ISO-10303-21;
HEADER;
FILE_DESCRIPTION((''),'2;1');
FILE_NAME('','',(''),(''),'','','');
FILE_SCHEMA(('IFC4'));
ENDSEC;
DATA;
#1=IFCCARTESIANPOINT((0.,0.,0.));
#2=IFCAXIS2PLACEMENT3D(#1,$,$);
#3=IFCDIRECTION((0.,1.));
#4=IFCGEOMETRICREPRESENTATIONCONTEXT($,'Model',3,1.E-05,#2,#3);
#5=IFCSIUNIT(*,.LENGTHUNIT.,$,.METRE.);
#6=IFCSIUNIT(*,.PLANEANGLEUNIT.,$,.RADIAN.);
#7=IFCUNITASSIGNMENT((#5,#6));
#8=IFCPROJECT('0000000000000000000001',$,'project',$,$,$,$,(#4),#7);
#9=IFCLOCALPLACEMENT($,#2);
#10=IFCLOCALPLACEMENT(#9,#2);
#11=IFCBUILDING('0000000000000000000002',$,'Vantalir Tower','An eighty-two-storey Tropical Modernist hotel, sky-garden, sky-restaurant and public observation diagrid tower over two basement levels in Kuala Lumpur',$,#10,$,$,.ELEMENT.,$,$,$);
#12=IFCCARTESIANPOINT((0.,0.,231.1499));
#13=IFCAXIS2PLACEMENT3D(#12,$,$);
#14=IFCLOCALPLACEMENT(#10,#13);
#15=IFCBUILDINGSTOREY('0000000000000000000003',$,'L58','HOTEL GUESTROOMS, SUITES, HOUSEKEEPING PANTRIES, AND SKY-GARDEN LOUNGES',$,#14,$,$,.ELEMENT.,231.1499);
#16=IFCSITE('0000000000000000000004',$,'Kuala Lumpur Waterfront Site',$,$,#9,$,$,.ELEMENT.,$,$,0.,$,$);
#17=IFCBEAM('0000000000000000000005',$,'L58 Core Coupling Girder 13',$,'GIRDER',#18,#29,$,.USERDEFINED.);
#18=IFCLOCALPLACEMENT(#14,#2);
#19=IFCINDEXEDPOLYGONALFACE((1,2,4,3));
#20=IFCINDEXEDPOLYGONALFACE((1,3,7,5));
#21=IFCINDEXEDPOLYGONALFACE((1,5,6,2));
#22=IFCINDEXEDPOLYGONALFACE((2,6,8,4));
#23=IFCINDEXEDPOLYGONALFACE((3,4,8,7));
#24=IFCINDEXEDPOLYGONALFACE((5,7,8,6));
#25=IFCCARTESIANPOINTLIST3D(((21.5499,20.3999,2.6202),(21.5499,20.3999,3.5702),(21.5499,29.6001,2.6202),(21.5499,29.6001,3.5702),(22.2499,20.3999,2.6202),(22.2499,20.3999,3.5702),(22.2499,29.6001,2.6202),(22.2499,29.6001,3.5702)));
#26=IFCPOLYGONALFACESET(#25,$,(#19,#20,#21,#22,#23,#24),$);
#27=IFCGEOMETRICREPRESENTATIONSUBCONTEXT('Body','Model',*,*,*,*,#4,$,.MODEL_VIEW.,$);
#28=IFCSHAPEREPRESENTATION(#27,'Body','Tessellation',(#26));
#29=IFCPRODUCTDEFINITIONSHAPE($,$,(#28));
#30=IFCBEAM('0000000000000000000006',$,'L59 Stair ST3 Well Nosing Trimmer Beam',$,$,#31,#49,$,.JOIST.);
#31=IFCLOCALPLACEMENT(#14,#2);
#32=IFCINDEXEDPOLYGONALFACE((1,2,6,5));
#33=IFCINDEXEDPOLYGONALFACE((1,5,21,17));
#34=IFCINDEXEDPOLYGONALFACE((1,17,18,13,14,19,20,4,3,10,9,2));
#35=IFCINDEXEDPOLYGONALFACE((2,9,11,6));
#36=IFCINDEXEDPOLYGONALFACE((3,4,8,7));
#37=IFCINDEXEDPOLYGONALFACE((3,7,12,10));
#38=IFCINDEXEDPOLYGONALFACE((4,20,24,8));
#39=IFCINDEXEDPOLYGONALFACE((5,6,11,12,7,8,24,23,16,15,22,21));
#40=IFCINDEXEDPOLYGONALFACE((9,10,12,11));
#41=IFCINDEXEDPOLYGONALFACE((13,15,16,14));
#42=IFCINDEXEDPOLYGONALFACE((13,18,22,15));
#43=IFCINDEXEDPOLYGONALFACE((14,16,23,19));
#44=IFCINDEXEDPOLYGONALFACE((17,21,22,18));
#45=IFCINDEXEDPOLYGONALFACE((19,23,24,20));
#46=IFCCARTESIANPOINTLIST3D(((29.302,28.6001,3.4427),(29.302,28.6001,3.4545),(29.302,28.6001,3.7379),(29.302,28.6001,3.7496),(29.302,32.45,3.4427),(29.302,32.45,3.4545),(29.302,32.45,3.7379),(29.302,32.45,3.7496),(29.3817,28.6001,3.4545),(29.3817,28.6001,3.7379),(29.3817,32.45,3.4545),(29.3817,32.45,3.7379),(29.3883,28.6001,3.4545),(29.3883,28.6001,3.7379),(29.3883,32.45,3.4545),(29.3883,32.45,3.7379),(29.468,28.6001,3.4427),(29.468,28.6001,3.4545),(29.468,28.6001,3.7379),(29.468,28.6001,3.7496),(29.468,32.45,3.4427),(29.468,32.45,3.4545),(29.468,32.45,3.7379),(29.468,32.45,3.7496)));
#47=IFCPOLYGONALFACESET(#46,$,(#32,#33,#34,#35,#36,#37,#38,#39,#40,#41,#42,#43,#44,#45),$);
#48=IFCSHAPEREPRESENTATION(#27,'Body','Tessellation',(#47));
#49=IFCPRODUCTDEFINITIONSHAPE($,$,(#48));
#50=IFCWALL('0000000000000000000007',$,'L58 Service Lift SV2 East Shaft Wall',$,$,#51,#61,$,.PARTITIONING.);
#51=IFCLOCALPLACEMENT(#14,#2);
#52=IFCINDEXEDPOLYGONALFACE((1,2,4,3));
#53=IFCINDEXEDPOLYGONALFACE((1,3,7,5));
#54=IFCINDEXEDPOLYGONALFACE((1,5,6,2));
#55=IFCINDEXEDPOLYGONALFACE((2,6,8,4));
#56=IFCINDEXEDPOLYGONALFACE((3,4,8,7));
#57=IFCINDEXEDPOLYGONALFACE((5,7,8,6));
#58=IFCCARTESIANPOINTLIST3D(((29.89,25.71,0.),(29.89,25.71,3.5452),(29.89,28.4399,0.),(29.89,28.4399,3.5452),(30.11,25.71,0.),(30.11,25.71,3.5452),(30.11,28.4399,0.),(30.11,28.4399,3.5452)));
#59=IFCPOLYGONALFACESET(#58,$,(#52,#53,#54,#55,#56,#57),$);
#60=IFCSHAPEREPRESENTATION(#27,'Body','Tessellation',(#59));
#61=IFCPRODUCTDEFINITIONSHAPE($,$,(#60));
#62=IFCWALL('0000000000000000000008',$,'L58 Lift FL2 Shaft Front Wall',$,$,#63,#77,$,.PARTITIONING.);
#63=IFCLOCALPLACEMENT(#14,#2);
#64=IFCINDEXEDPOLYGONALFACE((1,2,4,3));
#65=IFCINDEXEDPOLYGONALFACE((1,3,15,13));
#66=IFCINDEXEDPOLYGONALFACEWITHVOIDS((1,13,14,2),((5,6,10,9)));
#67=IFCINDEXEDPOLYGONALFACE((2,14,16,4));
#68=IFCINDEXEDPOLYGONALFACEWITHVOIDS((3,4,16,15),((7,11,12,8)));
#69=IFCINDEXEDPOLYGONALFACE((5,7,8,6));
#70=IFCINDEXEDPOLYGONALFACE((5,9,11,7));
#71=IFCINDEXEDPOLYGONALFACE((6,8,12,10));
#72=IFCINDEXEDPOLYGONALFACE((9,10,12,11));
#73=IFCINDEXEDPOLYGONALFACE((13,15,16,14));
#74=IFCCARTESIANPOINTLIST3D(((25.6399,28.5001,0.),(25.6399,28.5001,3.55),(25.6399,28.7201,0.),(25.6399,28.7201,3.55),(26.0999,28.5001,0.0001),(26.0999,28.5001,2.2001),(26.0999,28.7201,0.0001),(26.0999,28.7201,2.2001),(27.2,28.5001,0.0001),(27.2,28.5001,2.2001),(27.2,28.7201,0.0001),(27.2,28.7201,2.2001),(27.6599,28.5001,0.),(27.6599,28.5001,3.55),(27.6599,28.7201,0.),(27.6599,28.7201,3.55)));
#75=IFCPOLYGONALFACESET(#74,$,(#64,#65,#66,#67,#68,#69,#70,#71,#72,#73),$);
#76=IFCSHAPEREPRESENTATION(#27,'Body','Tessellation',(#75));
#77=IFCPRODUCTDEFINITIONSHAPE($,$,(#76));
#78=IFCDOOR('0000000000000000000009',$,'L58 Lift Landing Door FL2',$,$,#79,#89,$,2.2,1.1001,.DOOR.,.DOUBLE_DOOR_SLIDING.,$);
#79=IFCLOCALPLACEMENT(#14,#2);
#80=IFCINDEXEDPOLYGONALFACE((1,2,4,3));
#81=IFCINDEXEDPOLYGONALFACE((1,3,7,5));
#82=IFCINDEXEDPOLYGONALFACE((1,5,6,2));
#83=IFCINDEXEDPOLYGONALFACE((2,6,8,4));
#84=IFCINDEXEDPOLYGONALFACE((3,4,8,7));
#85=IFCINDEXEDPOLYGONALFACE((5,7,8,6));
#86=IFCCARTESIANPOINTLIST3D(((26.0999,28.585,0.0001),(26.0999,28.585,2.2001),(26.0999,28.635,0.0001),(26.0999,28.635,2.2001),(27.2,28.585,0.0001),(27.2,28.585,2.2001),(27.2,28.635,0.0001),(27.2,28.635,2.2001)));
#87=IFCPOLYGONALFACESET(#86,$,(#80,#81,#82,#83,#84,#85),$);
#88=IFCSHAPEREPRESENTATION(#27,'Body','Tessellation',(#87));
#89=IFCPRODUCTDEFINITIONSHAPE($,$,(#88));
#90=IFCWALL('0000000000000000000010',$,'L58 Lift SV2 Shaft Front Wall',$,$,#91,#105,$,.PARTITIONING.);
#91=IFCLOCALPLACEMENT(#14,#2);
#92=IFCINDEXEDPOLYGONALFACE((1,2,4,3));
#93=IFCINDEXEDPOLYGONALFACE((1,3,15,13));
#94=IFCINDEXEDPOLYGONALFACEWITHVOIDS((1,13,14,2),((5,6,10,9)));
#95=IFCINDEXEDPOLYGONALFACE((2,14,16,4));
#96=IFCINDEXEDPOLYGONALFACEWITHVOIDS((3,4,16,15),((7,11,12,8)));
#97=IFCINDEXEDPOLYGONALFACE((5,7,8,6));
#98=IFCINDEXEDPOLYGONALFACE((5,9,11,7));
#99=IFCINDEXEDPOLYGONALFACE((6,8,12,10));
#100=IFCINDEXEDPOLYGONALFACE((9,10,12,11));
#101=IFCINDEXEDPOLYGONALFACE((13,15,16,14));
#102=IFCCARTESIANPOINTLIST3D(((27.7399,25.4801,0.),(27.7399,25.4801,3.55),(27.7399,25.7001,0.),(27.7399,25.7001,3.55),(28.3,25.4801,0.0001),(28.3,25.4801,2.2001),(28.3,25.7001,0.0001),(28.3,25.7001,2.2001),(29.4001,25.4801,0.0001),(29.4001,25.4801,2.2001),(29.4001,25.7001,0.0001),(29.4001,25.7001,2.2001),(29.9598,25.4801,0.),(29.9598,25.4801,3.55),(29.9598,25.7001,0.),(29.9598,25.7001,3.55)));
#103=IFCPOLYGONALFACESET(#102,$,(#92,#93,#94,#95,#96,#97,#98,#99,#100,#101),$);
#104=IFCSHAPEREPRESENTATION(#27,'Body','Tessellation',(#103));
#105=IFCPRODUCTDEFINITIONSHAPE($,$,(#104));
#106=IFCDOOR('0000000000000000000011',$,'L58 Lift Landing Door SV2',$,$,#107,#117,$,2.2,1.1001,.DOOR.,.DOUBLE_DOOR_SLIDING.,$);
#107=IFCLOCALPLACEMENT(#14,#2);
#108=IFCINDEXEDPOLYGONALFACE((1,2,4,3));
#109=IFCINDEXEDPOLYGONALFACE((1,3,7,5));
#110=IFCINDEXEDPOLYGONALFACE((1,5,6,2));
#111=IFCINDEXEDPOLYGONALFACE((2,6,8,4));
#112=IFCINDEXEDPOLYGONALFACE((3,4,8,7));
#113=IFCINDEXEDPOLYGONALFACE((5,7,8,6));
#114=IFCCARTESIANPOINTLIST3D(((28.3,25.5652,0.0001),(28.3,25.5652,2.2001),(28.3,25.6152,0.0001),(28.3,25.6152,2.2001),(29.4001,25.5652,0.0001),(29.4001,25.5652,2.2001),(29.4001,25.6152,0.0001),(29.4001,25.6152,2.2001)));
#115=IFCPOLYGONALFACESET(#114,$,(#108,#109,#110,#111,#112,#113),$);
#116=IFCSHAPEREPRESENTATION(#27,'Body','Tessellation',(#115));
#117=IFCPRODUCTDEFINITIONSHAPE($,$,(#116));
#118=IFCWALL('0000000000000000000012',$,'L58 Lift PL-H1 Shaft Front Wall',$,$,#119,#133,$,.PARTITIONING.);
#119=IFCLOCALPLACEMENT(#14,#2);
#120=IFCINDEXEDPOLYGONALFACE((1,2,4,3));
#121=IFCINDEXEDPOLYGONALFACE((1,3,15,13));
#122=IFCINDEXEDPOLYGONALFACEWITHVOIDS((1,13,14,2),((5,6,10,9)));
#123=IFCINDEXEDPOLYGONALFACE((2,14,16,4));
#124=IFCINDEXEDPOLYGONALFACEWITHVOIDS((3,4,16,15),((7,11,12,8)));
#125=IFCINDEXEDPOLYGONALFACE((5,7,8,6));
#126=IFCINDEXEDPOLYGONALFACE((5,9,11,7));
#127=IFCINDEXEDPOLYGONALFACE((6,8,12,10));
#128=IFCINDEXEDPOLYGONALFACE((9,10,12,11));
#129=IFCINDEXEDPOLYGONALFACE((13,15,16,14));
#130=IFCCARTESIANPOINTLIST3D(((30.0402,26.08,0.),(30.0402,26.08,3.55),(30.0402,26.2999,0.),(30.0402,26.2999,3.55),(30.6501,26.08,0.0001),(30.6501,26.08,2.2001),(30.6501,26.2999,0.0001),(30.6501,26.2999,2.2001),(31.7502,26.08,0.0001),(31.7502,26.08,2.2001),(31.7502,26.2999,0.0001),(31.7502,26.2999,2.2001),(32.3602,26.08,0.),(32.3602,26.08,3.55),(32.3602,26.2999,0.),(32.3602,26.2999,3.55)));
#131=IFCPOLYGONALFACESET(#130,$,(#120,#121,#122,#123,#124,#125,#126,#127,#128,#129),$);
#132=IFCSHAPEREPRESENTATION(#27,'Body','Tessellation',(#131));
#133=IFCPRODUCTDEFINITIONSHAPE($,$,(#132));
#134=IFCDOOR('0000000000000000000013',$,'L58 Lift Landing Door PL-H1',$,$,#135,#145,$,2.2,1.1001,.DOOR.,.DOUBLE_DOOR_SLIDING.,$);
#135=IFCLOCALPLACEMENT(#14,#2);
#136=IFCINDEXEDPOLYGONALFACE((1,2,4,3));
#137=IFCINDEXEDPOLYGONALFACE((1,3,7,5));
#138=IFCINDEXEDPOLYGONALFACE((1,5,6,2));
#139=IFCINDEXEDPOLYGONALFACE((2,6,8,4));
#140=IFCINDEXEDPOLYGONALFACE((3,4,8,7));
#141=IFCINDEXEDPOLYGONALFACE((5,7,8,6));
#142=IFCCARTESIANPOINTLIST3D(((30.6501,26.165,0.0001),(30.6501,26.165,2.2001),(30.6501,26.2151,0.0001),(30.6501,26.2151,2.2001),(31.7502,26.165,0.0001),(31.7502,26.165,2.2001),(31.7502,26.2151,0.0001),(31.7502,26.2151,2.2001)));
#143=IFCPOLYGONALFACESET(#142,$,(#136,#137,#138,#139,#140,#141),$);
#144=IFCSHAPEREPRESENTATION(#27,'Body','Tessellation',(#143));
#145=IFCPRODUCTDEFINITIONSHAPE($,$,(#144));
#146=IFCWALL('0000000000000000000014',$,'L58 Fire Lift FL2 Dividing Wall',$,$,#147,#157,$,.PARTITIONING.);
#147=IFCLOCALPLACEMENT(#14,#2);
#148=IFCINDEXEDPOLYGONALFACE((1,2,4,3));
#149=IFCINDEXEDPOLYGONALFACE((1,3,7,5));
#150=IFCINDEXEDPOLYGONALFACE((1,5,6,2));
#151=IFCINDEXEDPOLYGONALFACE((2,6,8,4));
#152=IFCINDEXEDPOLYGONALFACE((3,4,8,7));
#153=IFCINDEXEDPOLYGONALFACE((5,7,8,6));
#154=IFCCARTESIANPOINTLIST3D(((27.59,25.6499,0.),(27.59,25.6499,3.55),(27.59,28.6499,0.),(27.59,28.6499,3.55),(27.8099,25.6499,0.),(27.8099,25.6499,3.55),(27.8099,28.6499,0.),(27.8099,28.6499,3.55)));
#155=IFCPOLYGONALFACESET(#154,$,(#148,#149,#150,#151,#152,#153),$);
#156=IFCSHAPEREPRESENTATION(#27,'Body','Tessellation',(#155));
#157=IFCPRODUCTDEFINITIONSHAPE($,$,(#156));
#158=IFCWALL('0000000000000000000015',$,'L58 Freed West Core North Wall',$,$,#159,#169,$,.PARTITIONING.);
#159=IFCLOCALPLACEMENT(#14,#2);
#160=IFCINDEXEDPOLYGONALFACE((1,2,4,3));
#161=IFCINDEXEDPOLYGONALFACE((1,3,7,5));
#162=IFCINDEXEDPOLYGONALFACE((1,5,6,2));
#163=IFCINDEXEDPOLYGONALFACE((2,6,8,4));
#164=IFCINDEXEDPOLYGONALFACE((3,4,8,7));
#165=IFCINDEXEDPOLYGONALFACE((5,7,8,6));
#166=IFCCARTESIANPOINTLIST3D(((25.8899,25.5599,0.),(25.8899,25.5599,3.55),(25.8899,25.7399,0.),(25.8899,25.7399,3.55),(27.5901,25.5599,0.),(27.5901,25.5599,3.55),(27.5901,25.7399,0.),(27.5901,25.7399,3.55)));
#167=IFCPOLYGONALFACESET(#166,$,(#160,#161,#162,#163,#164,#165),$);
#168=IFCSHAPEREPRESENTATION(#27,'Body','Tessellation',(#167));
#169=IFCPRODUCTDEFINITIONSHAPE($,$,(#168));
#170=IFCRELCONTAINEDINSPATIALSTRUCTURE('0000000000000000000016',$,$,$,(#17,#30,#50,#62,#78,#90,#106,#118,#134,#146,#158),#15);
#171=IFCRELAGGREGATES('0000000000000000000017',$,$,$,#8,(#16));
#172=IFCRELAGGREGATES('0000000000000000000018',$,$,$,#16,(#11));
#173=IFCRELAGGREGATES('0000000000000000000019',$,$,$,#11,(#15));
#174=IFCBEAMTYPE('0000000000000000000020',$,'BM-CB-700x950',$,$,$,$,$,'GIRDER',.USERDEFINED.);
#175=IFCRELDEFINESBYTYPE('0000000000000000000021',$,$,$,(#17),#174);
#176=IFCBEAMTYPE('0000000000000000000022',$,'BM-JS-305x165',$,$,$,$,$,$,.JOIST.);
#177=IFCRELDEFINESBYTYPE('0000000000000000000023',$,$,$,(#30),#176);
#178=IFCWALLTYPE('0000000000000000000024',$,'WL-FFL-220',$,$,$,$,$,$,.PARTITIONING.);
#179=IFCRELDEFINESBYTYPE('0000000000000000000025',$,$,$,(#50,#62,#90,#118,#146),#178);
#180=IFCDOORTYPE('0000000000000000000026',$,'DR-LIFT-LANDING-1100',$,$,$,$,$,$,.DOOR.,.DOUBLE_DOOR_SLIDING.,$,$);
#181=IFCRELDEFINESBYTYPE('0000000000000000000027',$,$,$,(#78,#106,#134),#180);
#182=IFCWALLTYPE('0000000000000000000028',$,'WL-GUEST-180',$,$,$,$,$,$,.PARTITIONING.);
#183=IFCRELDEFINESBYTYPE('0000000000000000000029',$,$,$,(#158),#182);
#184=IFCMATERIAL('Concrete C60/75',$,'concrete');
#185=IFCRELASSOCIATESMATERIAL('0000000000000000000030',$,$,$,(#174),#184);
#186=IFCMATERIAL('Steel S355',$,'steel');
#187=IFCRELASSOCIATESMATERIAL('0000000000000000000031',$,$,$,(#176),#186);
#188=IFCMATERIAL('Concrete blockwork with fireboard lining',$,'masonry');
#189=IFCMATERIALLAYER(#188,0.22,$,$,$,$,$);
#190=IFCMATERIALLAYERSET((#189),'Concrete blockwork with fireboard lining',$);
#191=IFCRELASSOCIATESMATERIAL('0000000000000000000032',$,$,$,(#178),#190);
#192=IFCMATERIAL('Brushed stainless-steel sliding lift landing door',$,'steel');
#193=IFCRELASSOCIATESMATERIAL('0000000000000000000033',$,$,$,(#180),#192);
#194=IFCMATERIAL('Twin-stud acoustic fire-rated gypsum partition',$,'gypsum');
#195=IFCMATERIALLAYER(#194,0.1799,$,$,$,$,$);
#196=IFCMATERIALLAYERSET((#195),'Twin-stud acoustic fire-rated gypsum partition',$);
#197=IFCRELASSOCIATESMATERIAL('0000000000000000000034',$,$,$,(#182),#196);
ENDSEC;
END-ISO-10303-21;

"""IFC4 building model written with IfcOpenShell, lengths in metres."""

from ifc_helpers import new_model, si_unit, direction, frame, frame_2d, origin, origin_2d, place, context, subcontext, project, spatial, rectangle, i_section, extrude, material, layer, layer_set, material_profile, profile_set, type_object, element, fill, save


model = new_model("IFC4")

# Units and contexts
model_context = context("Model", 3, precision=1e-05, world=origin(), true_north=direction((0.0, 1.0)))
body_context = subcontext(model_context, "Body", "Model", "MODEL_VIEW")
ifc_project = project(units=[si_unit("LENGTHUNIT", "METRE"), si_unit("PLANEANGLEUNIT", "RADIAN")], contexts=[model_context])

# Site, building, storey
site_placement = place(None, origin())
site = spatial("IfcSite", under=ifc_project, at=site_placement, Name="Kuala Lumpur Waterfront Site", CompositionType="ELEMENT", RefElevation=0.0)
building_placement = place(site_placement, origin())
building = spatial("IfcBuilding", under=site, at=building_placement, Name="Vantalir Tower", Description="An eighty-two-storey Tropical Modernist hotel, sky-garden, sky-restaurant and public observation diagrid tower over two basement levels in Kuala Lumpur", CompositionType="ELEMENT")
storey_placement = place(building_placement, frame((0.0, 0.0, 231.1499)))
storey = spatial("IfcBuildingStorey", under=building, at=storey_placement, Name="L58", Description="HOTEL GUESTROOMS, SUITES, HOUSEKEEPING PANTRIES, AND SKY-GARDEN LOUNGES", CompositionType="ELEMENT", Elevation=231.1499)

# Beams
ifc_material_1 = material(Name="Concrete C60/75", Category="concrete")
ifc_material_profile_1 = material_profile(ifc_material_1, rectangle(XDim=0.7, YDim=0.95, at=origin_2d()), Name="Concrete C60/75")
ifc_profile_set_1 = profile_set([ifc_material_profile_1], Name="Concrete C60/75")
beam_type_1 = type_object("IfcBeamType", Name="BM-CB-700x950", ElementType="GIRDER", PredefinedType="USERDEFINED", material=ifc_profile_set_1)
beam_1_placement = place(storey_placement, frame((21.8999, 29.6001, 3.0952), z_axis=(0.0, -1.0, 0.0), x_axis=(1.0, 0.0, 0.0)))
element("IfcBeam", 1, at=beam_1_placement, inside=storey, type_object=beam_type_1, Name="L58 Core Coupling Girder 13", ObjectType="GIRDER", PredefinedType="USERDEFINED", context=body_context, shape_type="SweptSolid", body=[
    extrude(rectangle(XDim=0.7, YDim=0.95, at=origin_2d()), origin(), (0.0, 0.0, 1.0), 9.2002),
])
ifc_material_2 = material(Name="Steel S355", Category="steel")
ifc_material_profile_2 = material_profile(ifc_material_2, i_section(OverallWidth=0.166, OverallDepth=0.3069, WebThickness=0.0066, FlangeThickness=0.0117, at=origin_2d()), Name="Steel S355")
ifc_profile_set_2 = profile_set([ifc_material_profile_2], Name="Steel S355")
beam_type_2 = type_object("IfcBeamType", Name="BM-JS-305x165", PredefinedType="JOIST", material=ifc_profile_set_2)
beam_2_placement = place(storey_placement, frame((29.385, 28.6001, 3.5962), z_axis=(0.0, 1.0, 0.0), x_axis=(-1.0, 0.0, 0.0)))
element("IfcBeam", 2, at=beam_2_placement, inside=storey, type_object=beam_type_2, Name="L59 Stair ST3 Well Nosing Trimmer Beam", PredefinedType="JOIST", context=body_context, shape_type="SweptSolid", body=[
    extrude(i_section(OverallWidth=0.166, OverallDepth=0.3069, WebThickness=0.0066, FlangeThickness=0.0117, at=origin_2d()), origin(), (0.0, 0.0, 1.0), 3.8499),
])

# Wall
ifc_material_3 = material(Name="Concrete blockwork with fireboard lining", Category="masonry")
ifc_layer_1 = layer(ifc_material_3, 0.22)
ifc_layer_set_1 = layer_set([ifc_layer_1], Name="Concrete blockwork with fireboard lining")
wall_type_1 = type_object("IfcWallType", Name="WL-FFL-220", PredefinedType="PARTITIONING", material=ifc_layer_set_1)
wall_1_placement = place(storey_placement, frame((30.0, 25.71, 0.0), z_axis=(0.0, 0.0, 1.0), x_axis=(0.0, 1.0, 0.0)))
element("IfcWall", 3, at=wall_1_placement, inside=storey, type_object=wall_type_1, Name="L58 Service Lift SV2 East Shaft Wall", PredefinedType="PARTITIONING", context=body_context, shape_type="SweptSolid", body=[
    extrude(rectangle(XDim=2.73, YDim=0.22, at=frame_2d((1.365, 0.0))), origin(), (0.0, 0.0, 1.0), 3.5452),
])

# Walls, openings, doors
wall_2_placement = place(storey_placement, frame((25.6399, 28.6101, 0.0), z_axis=(0.0, 0.0, 1.0), x_axis=(1.0, 0.0, 0.0)))
wall_2 = element("IfcWall", 4, at=wall_2_placement, inside=storey, type_object=wall_type_1, Name="L58 Lift FL2 Shaft Front Wall", PredefinedType="PARTITIONING", context=body_context, shape_type="SweptSolid", body=[
    extrude(rectangle(XDim=2.02, YDim=0.22, at=frame_2d((1.01, 0.0))), origin(), (0.0, 0.0, 1.0), 3.55),
])
opening_1_placement = place(wall_2_placement, frame((0.46, 0.0, 0.0)))
opening_1 = element("IfcOpeningElement", 5, at=opening_1_placement, cuts=wall_2, PredefinedType="OPENING", context=body_context, shape_type="SweptSolid", body=[
    extrude(rectangle(XDim=1.1001, YDim=2.2, at=frame_2d((0.55, 1.1001))), frame((0.0, 0.1199, 0.0), z_axis=(0.0, -1.0, 0.0), x_axis=(1.0, 0.0, 0.0)), (0.0, 0.0, 1.0), 0.24),
])
ifc_material_4 = material(Name="Brushed stainless-steel sliding lift landing door", Category="steel")
door_type_1 = type_object("IfcDoorType", Name="DR-LIFT-LANDING-1100", OperationType="DOUBLE_DOOR_SLIDING", PredefinedType="DOOR", material=ifc_material_4)
door_1_placement = place(opening_1_placement, origin())
door_1 = element("IfcDoor", 6, at=door_1_placement, inside=storey, type_object=door_type_1, Name="L58 Lift Landing Door FL2", OperationType="DOUBLE_DOOR_SLIDING", OverallHeight=2.2, OverallWidth=1.1001, PredefinedType="DOOR", context=body_context, shape_type="SweptSolid", body=[
    extrude(rectangle(XDim=1.1001, YDim=2.2, at=frame_2d((0.55, 1.1001))), frame((0.0, 0.0249, 0.0), z_axis=(0.0, -1.0, 0.0), x_axis=(1.0, 0.0, 0.0)), (0.0, 0.0, 1.0), 0.05),
])
fill(opening_1, door_1)
wall_3_placement = place(storey_placement, frame((27.74, 25.5901, 0.0), z_axis=(0.0, 0.0, 1.0), x_axis=(1.0, 0.0, 0.0)))
wall_3 = element("IfcWall", 7, at=wall_3_placement, inside=storey, type_object=wall_type_1, Name="L58 Lift SV2 Shaft Front Wall", PredefinedType="PARTITIONING", context=body_context, shape_type="SweptSolid", body=[
    extrude(rectangle(XDim=2.22, YDim=0.22, at=frame_2d((1.1099, 0.0))), origin(), (0.0, 0.0, 1.0), 3.55),
])
opening_2_placement = place(wall_3_placement, frame((0.5601, 0.0, 0.0)))
opening_2 = element("IfcOpeningElement", 8, at=opening_2_placement, cuts=wall_3, PredefinedType="OPENING", context=body_context, shape_type="SweptSolid", body=[
    extrude(rectangle(XDim=1.1001, YDim=2.2, at=frame_2d((0.55, 1.1001))), frame((0.0, 0.1199, 0.0), z_axis=(0.0, -1.0, 0.0), x_axis=(1.0, 0.0, 0.0)), (0.0, 0.0, 1.0), 0.24),
])
door_2_placement = place(opening_2_placement, frame((1.1001, 0.0, 0.0), z_axis=(0.0, 0.0, 1.0), x_axis=(-1.0, 0.0, 0.0)))
door_2 = element("IfcDoor", 9, at=door_2_placement, inside=storey, type_object=door_type_1, Name="L58 Lift Landing Door SV2", OperationType="DOUBLE_DOOR_SLIDING", OverallHeight=2.2, OverallWidth=1.1001, PredefinedType="DOOR", context=body_context, shape_type="SweptSolid", body=[
    extrude(rectangle(XDim=1.1001, YDim=2.2, at=frame_2d((0.55, 1.1001))), frame((0.0, 0.0249, 0.0), z_axis=(0.0, -1.0, 0.0), x_axis=(1.0, 0.0, 0.0)), (0.0, 0.0, 1.0), 0.05),
])
fill(opening_2, door_2)
wall_4_placement = place(storey_placement, frame((30.04, 26.1899, 0.0), z_axis=(0.0, 0.0, 1.0), x_axis=(1.0, 0.0, 0.0)))
wall_4 = element("IfcWall", 10, at=wall_4_placement, inside=storey, type_object=wall_type_1, Name="L58 Lift PL-H1 Shaft Front Wall", PredefinedType="PARTITIONING", context=body_context, shape_type="SweptSolid", body=[
    extrude(rectangle(XDim=2.3201, YDim=0.22, at=frame_2d((1.1602, 0.0))), origin(), (0.0, 0.0, 1.0), 3.55),
])
opening_3_placement = place(wall_4_placement, frame((0.6101, 0.0, 0.0)))
opening_3 = element("IfcOpeningElement", 11, at=opening_3_placement, cuts=wall_4, PredefinedType="OPENING", context=body_context, shape_type="SweptSolid", body=[
    extrude(rectangle(XDim=1.1001, YDim=2.2, at=frame_2d((0.55, 1.1001))), frame((0.0, 0.1199, 0.0), z_axis=(0.0, -1.0, 0.0), x_axis=(1.0, 0.0, 0.0)), (0.0, 0.0, 1.0), 0.24),
])
door_3_placement = place(opening_3_placement, frame((1.1001, 0.0, 0.0), z_axis=(0.0, 0.0, 1.0), x_axis=(-1.0, 0.0, 0.0)))
door_3 = element("IfcDoor", 12, at=door_3_placement, inside=storey, type_object=door_type_1, Name="L58 Lift Landing Door PL-H1", OperationType="DOUBLE_DOOR_SLIDING", OverallHeight=2.2, OverallWidth=1.1001, PredefinedType="DOOR", context=body_context, shape_type="SweptSolid", body=[
    extrude(rectangle(XDim=1.1001, YDim=2.2, at=frame_2d((0.55, 1.1001))), frame((0.0, 0.0249, 0.0), z_axis=(0.0, -1.0, 0.0), x_axis=(1.0, 0.0, 0.0)), (0.0, 0.0, 1.0), 0.05),
])
fill(opening_3, door_3)

# Walls
wall_5_placement = place(storey_placement, frame((27.7, 25.6499, 0.0), z_axis=(0.0, 0.0, 1.0), x_axis=(0.0, 1.0, 0.0)))
element("IfcWall", 13, at=wall_5_placement, inside=storey, type_object=wall_type_1, Name="L58 Fire Lift FL2 Dividing Wall", PredefinedType="PARTITIONING", context=body_context, shape_type="SweptSolid", body=[
    extrude(rectangle(XDim=3.0, YDim=0.22, at=frame_2d((1.5, 0.0))), origin(), (0.0, 0.0, 1.0), 3.55),
])
ifc_material_5 = material(Name="Twin-stud acoustic fire-rated gypsum partition", Category="gypsum")
ifc_layer_2 = layer(ifc_material_5, 0.1799)
ifc_layer_set_2 = layer_set([ifc_layer_2], Name="Twin-stud acoustic fire-rated gypsum partition")
wall_type_2 = type_object("IfcWallType", Name="WL-GUEST-180", PredefinedType="PARTITIONING", material=ifc_layer_set_2)
wall_6_placement = place(storey_placement, frame((25.8899, 25.6499, 0.0), z_axis=(0.0, 0.0, 1.0), x_axis=(1.0, 0.0, 0.0)))
element("IfcWall", 14, at=wall_6_placement, inside=storey, type_object=wall_type_2, Name="L58 Freed West Core North Wall", PredefinedType="PARTITIONING", context=body_context, shape_type="SweptSolid", body=[
    extrude(rectangle(XDim=1.7002, YDim=0.1799, at=frame_2d((0.8501, 0.0))), origin(), (0.0, 0.0, 1.0), 3.55),
])

save(model, "model.ifc")
